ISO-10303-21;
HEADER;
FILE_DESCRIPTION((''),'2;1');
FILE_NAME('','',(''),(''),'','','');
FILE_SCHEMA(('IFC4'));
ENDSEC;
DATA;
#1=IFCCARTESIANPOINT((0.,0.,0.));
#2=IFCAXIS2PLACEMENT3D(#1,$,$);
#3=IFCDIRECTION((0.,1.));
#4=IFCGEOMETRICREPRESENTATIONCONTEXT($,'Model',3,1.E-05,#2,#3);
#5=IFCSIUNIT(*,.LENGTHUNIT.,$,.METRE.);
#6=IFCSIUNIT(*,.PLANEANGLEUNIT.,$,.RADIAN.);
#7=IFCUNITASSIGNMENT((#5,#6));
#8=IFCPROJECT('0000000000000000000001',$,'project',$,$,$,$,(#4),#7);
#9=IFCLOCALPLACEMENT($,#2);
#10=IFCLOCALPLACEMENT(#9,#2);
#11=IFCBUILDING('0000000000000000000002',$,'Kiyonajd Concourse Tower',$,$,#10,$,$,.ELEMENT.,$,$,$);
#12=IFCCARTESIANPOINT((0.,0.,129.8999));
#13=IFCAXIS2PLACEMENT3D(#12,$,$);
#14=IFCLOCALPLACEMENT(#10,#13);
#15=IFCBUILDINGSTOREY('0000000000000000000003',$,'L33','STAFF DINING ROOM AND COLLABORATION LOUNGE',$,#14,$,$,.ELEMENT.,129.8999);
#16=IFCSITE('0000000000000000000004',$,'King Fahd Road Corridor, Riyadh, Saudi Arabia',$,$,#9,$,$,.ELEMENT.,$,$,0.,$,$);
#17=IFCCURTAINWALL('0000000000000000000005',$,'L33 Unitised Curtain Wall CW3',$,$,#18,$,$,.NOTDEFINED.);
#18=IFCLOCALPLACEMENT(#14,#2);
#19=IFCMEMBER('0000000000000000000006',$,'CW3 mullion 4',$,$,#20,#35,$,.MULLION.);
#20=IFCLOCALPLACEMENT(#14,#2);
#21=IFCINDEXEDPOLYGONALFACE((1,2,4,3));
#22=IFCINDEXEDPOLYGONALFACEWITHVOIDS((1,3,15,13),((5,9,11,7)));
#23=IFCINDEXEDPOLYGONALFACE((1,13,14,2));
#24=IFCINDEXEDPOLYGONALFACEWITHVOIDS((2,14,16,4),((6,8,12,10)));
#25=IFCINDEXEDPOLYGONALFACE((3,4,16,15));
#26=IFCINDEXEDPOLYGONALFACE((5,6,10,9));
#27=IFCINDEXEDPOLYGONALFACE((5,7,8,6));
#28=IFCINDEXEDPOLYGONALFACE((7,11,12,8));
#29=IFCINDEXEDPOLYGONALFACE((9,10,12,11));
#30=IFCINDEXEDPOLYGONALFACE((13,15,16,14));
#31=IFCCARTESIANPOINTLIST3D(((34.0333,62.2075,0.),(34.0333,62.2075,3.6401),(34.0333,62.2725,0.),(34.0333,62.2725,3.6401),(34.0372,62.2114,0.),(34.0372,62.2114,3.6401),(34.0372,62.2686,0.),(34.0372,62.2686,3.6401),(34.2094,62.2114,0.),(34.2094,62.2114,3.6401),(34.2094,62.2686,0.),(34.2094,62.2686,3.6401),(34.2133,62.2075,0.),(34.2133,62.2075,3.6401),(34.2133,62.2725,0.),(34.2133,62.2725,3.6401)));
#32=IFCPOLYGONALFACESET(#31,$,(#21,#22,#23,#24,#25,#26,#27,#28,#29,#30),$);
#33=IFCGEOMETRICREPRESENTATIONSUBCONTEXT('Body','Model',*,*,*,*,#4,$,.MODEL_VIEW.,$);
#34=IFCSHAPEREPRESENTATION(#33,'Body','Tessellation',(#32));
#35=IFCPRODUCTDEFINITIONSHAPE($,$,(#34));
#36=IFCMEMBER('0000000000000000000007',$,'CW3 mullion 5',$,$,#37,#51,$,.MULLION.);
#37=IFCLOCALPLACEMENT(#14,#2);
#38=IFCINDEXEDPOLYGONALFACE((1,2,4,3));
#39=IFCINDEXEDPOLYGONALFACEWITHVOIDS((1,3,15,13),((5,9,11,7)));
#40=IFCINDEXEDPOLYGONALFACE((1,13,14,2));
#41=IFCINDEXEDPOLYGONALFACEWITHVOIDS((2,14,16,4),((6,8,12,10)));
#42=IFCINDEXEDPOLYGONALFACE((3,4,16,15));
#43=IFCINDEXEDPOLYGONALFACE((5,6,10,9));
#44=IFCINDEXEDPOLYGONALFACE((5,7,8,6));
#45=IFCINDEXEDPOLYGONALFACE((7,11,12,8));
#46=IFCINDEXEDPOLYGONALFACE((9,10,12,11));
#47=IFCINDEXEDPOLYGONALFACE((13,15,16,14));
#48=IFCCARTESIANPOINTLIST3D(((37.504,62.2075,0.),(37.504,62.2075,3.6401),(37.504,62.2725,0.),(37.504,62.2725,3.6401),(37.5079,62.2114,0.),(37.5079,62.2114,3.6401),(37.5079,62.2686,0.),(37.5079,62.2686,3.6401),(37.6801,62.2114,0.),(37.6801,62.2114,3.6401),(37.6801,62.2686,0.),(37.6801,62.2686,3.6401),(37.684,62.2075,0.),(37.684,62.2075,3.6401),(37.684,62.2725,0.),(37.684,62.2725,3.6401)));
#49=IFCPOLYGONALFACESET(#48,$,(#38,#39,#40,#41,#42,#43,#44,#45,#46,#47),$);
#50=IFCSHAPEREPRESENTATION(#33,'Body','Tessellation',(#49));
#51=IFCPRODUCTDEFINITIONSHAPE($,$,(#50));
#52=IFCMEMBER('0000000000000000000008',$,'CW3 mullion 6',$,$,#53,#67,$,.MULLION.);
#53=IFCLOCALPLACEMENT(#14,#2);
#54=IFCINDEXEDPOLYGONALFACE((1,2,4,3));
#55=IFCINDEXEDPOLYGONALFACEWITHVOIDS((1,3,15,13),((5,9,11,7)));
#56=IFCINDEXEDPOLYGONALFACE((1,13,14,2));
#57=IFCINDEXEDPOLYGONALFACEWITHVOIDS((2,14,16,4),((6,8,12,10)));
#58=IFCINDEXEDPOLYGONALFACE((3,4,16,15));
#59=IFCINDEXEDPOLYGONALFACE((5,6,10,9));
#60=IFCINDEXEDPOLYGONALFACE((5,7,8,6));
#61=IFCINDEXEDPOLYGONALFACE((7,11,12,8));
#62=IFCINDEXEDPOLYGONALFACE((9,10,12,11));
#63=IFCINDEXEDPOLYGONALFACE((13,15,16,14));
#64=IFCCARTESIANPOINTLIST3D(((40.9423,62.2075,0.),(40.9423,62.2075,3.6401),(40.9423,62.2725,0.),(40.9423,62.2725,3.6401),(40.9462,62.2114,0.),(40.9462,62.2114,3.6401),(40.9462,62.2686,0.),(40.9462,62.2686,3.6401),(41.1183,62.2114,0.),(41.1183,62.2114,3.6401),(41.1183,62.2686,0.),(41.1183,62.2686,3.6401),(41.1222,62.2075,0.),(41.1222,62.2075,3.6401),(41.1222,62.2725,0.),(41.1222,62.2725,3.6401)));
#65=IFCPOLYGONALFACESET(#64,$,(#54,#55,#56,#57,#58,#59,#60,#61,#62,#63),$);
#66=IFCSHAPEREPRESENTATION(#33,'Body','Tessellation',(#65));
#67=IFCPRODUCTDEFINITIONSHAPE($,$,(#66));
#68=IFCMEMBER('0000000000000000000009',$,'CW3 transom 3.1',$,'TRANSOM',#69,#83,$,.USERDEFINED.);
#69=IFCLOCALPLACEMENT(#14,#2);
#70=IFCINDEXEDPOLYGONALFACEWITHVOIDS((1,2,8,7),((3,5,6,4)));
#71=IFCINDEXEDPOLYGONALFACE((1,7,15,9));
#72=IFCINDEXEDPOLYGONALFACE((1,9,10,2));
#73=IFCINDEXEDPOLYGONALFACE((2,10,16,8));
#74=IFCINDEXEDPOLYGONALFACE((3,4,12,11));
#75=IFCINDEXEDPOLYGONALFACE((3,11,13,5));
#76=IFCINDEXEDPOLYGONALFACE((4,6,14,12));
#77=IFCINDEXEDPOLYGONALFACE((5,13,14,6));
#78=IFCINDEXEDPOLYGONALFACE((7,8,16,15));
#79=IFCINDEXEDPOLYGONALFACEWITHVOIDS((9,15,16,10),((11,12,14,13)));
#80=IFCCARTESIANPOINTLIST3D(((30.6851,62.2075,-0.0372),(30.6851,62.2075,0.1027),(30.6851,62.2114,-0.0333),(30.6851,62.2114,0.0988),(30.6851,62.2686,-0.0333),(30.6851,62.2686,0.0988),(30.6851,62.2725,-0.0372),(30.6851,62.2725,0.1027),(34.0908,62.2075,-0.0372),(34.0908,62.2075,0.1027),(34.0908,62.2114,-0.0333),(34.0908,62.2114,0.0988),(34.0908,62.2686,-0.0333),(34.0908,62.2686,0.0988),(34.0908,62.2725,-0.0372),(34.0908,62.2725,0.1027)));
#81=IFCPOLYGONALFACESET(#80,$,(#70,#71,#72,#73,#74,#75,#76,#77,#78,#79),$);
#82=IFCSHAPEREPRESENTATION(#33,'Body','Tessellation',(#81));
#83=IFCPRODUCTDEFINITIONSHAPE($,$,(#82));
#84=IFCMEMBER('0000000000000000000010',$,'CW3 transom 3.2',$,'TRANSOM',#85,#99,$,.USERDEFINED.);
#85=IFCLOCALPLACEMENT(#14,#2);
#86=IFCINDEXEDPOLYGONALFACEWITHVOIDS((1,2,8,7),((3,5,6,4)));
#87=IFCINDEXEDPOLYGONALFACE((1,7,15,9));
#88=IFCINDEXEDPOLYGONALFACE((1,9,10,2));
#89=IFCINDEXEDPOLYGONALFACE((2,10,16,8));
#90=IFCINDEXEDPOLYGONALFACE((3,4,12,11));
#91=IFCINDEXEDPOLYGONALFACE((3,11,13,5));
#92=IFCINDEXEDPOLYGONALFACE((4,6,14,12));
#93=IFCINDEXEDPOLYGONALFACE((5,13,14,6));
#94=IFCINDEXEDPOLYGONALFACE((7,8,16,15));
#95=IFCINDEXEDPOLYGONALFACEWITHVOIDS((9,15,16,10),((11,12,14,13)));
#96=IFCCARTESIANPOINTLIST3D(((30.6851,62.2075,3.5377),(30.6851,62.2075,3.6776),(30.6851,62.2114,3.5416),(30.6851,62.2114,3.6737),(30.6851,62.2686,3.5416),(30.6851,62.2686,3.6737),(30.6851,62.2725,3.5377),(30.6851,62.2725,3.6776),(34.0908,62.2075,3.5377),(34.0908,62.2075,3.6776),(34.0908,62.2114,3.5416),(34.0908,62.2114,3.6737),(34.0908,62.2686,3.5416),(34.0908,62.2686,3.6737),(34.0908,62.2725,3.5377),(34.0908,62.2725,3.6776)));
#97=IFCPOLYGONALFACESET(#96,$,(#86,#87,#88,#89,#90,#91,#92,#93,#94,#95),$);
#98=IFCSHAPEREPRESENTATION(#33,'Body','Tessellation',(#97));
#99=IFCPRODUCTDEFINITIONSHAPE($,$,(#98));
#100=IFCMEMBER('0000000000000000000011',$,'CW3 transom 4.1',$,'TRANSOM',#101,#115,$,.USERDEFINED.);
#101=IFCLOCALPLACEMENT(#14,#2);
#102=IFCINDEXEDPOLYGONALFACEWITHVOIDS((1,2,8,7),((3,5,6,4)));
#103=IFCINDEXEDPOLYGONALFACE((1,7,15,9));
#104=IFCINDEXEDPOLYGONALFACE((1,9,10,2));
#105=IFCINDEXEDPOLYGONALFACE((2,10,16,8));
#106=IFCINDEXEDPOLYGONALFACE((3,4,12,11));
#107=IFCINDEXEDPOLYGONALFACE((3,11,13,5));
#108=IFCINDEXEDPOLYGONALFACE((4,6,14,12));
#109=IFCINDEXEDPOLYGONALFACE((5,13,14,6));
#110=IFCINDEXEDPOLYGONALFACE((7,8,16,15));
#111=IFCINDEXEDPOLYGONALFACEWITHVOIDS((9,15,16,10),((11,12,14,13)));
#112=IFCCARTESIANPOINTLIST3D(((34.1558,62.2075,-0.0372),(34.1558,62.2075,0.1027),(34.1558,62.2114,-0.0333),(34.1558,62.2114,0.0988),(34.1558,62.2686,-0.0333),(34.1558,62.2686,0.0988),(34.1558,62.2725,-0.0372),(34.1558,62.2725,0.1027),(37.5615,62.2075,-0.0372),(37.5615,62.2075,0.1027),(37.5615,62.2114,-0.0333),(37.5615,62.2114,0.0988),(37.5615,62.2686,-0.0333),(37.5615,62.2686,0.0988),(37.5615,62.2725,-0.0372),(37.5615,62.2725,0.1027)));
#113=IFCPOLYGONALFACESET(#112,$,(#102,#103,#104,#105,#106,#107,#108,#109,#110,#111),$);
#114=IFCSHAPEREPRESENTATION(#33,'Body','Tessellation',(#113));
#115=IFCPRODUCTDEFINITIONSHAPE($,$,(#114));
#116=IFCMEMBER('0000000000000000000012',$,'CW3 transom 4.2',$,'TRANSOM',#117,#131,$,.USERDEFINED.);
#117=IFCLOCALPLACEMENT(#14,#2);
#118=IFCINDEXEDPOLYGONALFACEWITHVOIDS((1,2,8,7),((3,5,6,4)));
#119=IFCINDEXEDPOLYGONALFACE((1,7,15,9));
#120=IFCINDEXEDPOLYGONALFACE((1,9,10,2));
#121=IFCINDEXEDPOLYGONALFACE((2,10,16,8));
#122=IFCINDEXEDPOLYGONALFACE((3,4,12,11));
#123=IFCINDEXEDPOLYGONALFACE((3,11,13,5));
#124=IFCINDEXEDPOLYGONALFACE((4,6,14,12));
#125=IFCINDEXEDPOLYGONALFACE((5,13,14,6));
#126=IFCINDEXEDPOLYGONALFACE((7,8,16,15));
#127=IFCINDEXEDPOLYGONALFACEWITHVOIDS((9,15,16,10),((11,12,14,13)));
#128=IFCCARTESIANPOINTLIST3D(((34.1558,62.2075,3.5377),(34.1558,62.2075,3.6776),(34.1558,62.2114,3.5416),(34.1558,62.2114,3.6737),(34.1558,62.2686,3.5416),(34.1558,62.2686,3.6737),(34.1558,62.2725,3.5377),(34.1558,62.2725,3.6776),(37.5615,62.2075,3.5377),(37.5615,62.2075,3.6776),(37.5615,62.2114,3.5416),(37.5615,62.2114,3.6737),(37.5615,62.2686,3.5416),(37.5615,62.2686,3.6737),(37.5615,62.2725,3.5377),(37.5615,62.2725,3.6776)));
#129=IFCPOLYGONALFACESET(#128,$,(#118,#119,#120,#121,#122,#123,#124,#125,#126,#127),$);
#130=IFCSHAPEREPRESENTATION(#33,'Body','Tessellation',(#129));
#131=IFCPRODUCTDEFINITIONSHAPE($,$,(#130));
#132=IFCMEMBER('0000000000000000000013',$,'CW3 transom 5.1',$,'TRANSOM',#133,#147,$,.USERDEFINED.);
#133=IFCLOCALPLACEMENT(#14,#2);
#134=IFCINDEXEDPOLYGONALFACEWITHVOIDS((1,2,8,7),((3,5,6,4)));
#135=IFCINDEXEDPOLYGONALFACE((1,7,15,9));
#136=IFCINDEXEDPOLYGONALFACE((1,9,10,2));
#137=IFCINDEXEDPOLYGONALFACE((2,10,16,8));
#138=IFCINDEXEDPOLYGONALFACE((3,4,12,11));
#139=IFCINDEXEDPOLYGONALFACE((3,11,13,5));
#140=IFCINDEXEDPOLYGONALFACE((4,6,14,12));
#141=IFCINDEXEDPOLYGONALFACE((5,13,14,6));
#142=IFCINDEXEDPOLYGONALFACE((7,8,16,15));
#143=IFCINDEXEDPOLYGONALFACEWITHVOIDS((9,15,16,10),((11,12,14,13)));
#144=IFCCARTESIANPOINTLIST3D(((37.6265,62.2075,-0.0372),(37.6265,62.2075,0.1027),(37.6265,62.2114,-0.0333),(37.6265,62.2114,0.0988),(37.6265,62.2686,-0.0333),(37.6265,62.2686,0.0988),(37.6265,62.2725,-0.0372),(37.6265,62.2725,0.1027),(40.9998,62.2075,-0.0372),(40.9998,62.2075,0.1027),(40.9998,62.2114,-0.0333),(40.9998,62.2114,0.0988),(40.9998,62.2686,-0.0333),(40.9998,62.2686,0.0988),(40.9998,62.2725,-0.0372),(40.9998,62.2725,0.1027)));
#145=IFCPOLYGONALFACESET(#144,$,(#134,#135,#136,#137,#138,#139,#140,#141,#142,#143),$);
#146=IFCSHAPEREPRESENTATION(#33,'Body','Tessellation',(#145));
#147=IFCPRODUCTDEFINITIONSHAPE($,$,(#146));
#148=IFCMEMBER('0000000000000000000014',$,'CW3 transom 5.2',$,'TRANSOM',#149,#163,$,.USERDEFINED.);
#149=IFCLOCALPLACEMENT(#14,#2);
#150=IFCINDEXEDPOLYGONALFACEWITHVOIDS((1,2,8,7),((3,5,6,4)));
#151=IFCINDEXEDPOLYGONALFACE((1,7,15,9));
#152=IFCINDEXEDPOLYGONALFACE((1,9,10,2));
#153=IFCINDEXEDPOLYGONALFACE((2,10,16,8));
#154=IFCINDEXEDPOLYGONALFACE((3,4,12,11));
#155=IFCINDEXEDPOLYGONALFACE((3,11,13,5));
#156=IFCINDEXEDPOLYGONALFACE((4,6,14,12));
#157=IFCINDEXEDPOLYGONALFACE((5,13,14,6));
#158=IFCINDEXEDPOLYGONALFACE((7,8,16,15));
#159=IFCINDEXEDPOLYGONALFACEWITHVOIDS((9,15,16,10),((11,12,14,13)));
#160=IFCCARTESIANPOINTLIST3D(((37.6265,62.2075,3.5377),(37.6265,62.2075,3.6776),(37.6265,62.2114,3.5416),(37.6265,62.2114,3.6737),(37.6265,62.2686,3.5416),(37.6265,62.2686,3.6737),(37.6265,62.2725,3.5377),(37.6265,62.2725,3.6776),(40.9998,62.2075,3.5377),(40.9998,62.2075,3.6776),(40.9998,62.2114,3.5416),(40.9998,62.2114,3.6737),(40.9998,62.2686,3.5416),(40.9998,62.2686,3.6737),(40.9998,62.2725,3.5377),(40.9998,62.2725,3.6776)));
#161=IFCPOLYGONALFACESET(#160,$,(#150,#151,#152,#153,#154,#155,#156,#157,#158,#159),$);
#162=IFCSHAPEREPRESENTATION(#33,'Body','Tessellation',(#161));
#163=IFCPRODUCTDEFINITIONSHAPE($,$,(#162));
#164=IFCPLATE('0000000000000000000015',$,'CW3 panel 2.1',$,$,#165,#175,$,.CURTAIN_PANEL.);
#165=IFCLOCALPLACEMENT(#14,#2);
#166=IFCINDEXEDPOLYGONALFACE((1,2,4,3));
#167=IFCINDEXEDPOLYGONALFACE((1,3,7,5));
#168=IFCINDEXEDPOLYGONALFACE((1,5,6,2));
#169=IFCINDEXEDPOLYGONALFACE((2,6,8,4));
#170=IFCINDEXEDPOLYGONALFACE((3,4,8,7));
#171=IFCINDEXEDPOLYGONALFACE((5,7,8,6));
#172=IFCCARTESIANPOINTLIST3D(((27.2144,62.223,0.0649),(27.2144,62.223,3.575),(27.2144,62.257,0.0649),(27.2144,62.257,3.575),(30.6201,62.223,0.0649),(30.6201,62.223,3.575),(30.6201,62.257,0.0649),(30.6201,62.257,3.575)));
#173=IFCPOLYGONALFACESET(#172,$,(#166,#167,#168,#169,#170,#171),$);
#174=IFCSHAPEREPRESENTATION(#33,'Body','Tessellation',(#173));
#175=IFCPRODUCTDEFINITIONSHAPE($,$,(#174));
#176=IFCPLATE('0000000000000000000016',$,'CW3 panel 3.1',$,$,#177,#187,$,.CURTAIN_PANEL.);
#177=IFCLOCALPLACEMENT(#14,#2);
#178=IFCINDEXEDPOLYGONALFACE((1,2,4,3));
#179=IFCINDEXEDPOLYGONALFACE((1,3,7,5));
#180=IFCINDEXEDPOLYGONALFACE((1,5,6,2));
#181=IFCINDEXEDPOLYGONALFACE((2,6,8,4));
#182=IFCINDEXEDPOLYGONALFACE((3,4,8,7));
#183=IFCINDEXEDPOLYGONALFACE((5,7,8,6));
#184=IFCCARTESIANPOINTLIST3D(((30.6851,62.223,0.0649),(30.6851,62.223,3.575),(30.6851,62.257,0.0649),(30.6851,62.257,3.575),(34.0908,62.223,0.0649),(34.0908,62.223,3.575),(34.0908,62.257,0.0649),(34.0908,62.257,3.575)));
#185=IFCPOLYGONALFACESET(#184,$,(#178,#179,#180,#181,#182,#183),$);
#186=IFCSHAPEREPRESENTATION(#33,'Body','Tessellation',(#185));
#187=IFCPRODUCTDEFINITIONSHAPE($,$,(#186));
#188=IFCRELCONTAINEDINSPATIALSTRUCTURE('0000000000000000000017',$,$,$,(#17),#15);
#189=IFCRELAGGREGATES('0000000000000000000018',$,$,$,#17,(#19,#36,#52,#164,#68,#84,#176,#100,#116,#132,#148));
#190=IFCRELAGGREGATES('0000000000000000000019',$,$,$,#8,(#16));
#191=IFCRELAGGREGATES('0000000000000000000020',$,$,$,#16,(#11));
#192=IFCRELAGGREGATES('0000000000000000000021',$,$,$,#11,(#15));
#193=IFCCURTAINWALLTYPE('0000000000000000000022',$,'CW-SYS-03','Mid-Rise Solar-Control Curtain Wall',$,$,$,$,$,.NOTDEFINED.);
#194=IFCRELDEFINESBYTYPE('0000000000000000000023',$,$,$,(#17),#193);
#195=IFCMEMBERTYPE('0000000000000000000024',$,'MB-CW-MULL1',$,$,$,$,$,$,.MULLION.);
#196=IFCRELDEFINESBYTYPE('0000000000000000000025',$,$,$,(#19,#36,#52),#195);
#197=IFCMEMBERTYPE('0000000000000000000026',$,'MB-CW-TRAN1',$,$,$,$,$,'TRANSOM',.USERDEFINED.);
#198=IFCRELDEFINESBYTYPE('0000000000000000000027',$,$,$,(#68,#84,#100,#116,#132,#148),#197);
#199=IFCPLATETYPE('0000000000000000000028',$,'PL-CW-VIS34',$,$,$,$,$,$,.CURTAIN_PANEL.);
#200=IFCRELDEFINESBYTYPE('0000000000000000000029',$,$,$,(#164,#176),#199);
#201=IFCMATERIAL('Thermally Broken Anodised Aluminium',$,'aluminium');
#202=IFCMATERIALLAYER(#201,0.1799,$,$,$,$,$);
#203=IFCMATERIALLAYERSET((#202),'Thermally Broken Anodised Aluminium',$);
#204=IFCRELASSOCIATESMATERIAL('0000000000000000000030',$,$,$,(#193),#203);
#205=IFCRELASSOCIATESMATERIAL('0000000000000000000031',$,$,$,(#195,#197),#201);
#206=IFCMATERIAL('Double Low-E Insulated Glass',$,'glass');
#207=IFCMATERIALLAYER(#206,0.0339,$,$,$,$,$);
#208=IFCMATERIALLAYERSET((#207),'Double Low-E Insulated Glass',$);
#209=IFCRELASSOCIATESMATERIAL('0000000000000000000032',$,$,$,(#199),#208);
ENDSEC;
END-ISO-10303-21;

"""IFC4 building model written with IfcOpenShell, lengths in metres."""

from ifc_helpers import new_model, si_unit, direction, frame, origin, origin_2d, place, context, subcontext, project, spatial, rectangle, hollow_rectangle, extrude, material, layer, layer_set, material_profile, profile_set, type_object, element, aggregate, save


model = new_model("IFC4")

# Units and contexts
model_context = context("Model", 3, precision=1e-05, world=origin(), true_north=direction((0.0, 1.0)))
body_context = subcontext(model_context, "Body", "Model", "MODEL_VIEW")
ifc_project = project(units=[si_unit("LENGTHUNIT", "METRE"), si_unit("PLANEANGLEUNIT", "RADIAN")], contexts=[model_context])

# Site, building, storey
site_placement = place(None, origin())
site = spatial("IfcSite", under=ifc_project, at=site_placement, Name="King Fahd Road Corridor, Riyadh, Saudi Arabia", CompositionType="ELEMENT", RefElevation=0.0)
building_placement = place(site_placement, origin())
building = spatial("IfcBuilding", under=site, at=building_placement, Name="Kiyonajd Concourse Tower", CompositionType="ELEMENT")
storey_placement = place(building_placement, frame((0.0, 0.0, 129.8999)))
storey = spatial("IfcBuildingStorey", under=building, at=storey_placement, Name="L33", Description="STAFF DINING ROOM AND COLLABORATION LOUNGE", CompositionType="ELEMENT", Elevation=129.8999)

# Curtain wall, members, plates
ifc_material_1 = material(Name="Thermally Broken Anodised Aluminium", Category="aluminium")
ifc_layer_1 = layer(ifc_material_1, 0.1799)
ifc_layer_set_1 = layer_set([ifc_layer_1], Name="Thermally Broken Anodised Aluminium")
curtain_wall_type = type_object("IfcCurtainWallType", Name="CW-SYS-03", Description="Mid-Rise Solar-Control Curtain Wall", PredefinedType="NOTDEFINED", material=ifc_layer_set_1)
curtain_wall_placement = place(storey_placement, origin())
curtain_wall = element("IfcCurtainWall", 1, at=curtain_wall_placement, inside=storey, type_object=curtain_wall_type, Name="L33 Unitised Curtain Wall CW3", PredefinedType="NOTDEFINED")
ifc_material_profile_1 = material_profile(ifc_material_1, hollow_rectangle(XDim=0.0649, YDim=0.1799, WallThickness=0.0039, at=origin_2d()), Name="MULL-65x180")
ifc_profile_set_1 = profile_set([ifc_material_profile_1], Name="Thermally Broken Anodised Aluminium")
member_type_1 = type_object("IfcMemberType", Name="MB-CW-MULL1", PredefinedType="MULLION", material=ifc_profile_set_1)
member_1_placement = place(storey_placement, frame((34.1233, 62.24, 0.0), z_axis=(0.0, 0.0, 1.0), x_axis=(0.0, 1.0, 0.0)))
member_1 = element("IfcMember", 2, at=member_1_placement, type_object=member_type_1, Name="CW3 mullion 4", PredefinedType="MULLION", context=body_context, shape_type="SweptSolid", body=[
    extrude(hollow_rectangle(XDim=0.0649, YDim=0.1799, WallThickness=0.0039, at=origin_2d()), origin(), (0.0, 0.0, 1.0), 3.6401),
])
member_2_placement = place(storey_placement, frame((37.594, 62.24, 0.0), z_axis=(0.0, 0.0, 1.0), x_axis=(0.0, 1.0, 0.0)))
member_2 = element("IfcMember", 3, at=member_2_placement, type_object=member_type_1, Name="CW3 mullion 5", PredefinedType="MULLION", context=body_context, shape_type="SweptSolid", body=[
    extrude(hollow_rectangle(XDim=0.0649, YDim=0.1799, WallThickness=0.0039, at=origin_2d()), origin(), (0.0, 0.0, 1.0), 3.6401),
])
member_3_placement = place(storey_placement, frame((41.0322, 62.24, 0.0), z_axis=(0.0, 0.0, 1.0), x_axis=(0.0, 1.0, 0.0)))
member_3 = element("IfcMember", 4, at=member_3_placement, type_object=member_type_1, Name="CW3 mullion 6", PredefinedType="MULLION", context=body_context, shape_type="SweptSolid", body=[
    extrude(hollow_rectangle(XDim=0.0649, YDim=0.1799, WallThickness=0.0039, at=origin_2d()), origin(), (0.0, 0.0, 1.0), 3.6401),
])
ifc_material_profile_2 = material_profile(ifc_material_1, hollow_rectangle(XDim=0.0649, YDim=0.1399, WallThickness=0.0039, at=origin_2d()), Name="TRAN-65x140")
ifc_profile_set_2 = profile_set([ifc_material_profile_2], Name="Thermally Broken Anodised Aluminium")
member_type_2 = type_object("IfcMemberType", Name="MB-CW-TRAN1", ElementType="TRANSOM", PredefinedType="USERDEFINED", material=ifc_profile_set_2)
member_4_placement = place(storey_placement, frame((30.6851, 62.24, 0.0327), z_axis=(1.0, 0.0, 0.0), x_axis=(0.0, 1.0, 0.0)))
member_4 = element("IfcMember", 5, at=member_4_placement, type_object=member_type_2, Name="CW3 transom 3.1", ObjectType="TRANSOM", PredefinedType="USERDEFINED", context=body_context, shape_type="SweptSolid", body=[
    extrude(hollow_rectangle(XDim=0.0649, YDim=0.1399, WallThickness=0.0039, at=origin_2d()), origin(), (0.0, 0.0, 1.0), 3.4058),
])
member_5_placement = place(storey_placement, frame((30.6851, 62.24, 3.6077), z_axis=(1.0, 0.0, 0.0), x_axis=(0.0, 1.0, 0.0)))
member_5 = element("IfcMember", 6, at=member_5_placement, type_object=member_type_2, Name="CW3 transom 3.2", ObjectType="TRANSOM", PredefinedType="USERDEFINED", context=body_context, shape_type="SweptSolid", body=[
    extrude(hollow_rectangle(XDim=0.0649, YDim=0.1399, WallThickness=0.0039, at=origin_2d()), origin(), (0.0, 0.0, 1.0), 3.4058),
])
member_6_placement = place(storey_placement, frame((34.1558, 62.24, 0.0327), z_axis=(1.0, 0.0, 0.0), x_axis=(0.0, 1.0, 0.0)))
member_6 = element("IfcMember", 7, at=member_6_placement, type_object=member_type_2, Name="CW3 transom 4.1", ObjectType="TRANSOM", PredefinedType="USERDEFINED", context=body_context, shape_type="SweptSolid", body=[
    extrude(hollow_rectangle(XDim=0.0649, YDim=0.1399, WallThickness=0.0039, at=origin_2d()), origin(), (0.0, 0.0, 1.0), 3.4058),
])
member_7_placement = place(storey_placement, frame((34.1558, 62.24, 3.6077), z_axis=(1.0, 0.0, 0.0), x_axis=(0.0, 1.0, 0.0)))
member_7 = element("IfcMember", 8, at=member_7_placement, type_object=member_type_2, Name="CW3 transom 4.2", ObjectType="TRANSOM", PredefinedType="USERDEFINED", context=body_context, shape_type="SweptSolid", body=[
    extrude(hollow_rectangle(XDim=0.0649, YDim=0.1399, WallThickness=0.0039, at=origin_2d()), origin(), (0.0, 0.0, 1.0), 3.4058),
])
member_8_placement = place(storey_placement, frame((37.6265, 62.24, 0.0327), z_axis=(1.0, 0.0, 0.0), x_axis=(0.0, 1.0, 0.0)))
member_8 = element("IfcMember", 9, at=member_8_placement, type_object=member_type_2, Name="CW3 transom 5.1", ObjectType="TRANSOM", PredefinedType="USERDEFINED", context=body_context, shape_type="SweptSolid", body=[
    extrude(hollow_rectangle(XDim=0.0649, YDim=0.1399, WallThickness=0.0039, at=origin_2d()), origin(), (0.0, 0.0, 1.0), 3.3733),
])
member_9_placement = place(storey_placement, frame((37.6265, 62.24, 3.6077), z_axis=(1.0, 0.0, 0.0), x_axis=(0.0, 1.0, 0.0)))
member_9 = element("IfcMember", 10, at=member_9_placement, type_object=member_type_2, Name="CW3 transom 5.2", ObjectType="TRANSOM", PredefinedType="USERDEFINED", context=body_context, shape_type="SweptSolid", body=[
    extrude(hollow_rectangle(XDim=0.0649, YDim=0.1399, WallThickness=0.0039, at=origin_2d()), origin(), (0.0, 0.0, 1.0), 3.3733),
])
ifc_material_2 = material(Name="Double Low-E Insulated Glass", Category="glass")
ifc_layer_2 = layer(ifc_material_2, 0.0339)
ifc_layer_set_2 = layer_set([ifc_layer_2], Name="Double Low-E Insulated Glass")
plate_type_1 = type_object("IfcPlateType", Name="PL-CW-VIS34", PredefinedType="CURTAIN_PANEL", material=ifc_layer_set_2)
plate_1_placement = place(storey_placement, frame((28.9172, 62.24, 0.0649), z_axis=(0.0, 0.0, 1.0), x_axis=(1.0, 0.0, 0.0)))
plate_1 = element("IfcPlate", 11, at=plate_1_placement, type_object=plate_type_1, Name="CW3 panel 2.1", PredefinedType="CURTAIN_PANEL", context=body_context, shape_type="SweptSolid", body=[
    extrude(rectangle(XDim=3.4058, YDim=0.0339, at=origin_2d()), origin(), (0.0, 0.0, 1.0), 3.51),
])
plate_2_placement = place(storey_placement, frame((32.3879, 62.24, 0.0649), z_axis=(0.0, 0.0, 1.0), x_axis=(1.0, 0.0, 0.0)))
plate_2 = element("IfcPlate", 12, at=plate_2_placement, type_object=plate_type_1, Name="CW3 panel 3.1", PredefinedType="CURTAIN_PANEL", context=body_context, shape_type="SweptSolid", body=[
    extrude(rectangle(XDim=3.4058, YDim=0.0339, at=origin_2d()), origin(), (0.0, 0.0, 1.0), 3.51),
])
aggregate(curtain_wall, [member_1, member_2, member_3, plate_1, member_4, member_5, plate_2, member_6, member_7, member_8, member_9])

save(model, "model.ifc")
